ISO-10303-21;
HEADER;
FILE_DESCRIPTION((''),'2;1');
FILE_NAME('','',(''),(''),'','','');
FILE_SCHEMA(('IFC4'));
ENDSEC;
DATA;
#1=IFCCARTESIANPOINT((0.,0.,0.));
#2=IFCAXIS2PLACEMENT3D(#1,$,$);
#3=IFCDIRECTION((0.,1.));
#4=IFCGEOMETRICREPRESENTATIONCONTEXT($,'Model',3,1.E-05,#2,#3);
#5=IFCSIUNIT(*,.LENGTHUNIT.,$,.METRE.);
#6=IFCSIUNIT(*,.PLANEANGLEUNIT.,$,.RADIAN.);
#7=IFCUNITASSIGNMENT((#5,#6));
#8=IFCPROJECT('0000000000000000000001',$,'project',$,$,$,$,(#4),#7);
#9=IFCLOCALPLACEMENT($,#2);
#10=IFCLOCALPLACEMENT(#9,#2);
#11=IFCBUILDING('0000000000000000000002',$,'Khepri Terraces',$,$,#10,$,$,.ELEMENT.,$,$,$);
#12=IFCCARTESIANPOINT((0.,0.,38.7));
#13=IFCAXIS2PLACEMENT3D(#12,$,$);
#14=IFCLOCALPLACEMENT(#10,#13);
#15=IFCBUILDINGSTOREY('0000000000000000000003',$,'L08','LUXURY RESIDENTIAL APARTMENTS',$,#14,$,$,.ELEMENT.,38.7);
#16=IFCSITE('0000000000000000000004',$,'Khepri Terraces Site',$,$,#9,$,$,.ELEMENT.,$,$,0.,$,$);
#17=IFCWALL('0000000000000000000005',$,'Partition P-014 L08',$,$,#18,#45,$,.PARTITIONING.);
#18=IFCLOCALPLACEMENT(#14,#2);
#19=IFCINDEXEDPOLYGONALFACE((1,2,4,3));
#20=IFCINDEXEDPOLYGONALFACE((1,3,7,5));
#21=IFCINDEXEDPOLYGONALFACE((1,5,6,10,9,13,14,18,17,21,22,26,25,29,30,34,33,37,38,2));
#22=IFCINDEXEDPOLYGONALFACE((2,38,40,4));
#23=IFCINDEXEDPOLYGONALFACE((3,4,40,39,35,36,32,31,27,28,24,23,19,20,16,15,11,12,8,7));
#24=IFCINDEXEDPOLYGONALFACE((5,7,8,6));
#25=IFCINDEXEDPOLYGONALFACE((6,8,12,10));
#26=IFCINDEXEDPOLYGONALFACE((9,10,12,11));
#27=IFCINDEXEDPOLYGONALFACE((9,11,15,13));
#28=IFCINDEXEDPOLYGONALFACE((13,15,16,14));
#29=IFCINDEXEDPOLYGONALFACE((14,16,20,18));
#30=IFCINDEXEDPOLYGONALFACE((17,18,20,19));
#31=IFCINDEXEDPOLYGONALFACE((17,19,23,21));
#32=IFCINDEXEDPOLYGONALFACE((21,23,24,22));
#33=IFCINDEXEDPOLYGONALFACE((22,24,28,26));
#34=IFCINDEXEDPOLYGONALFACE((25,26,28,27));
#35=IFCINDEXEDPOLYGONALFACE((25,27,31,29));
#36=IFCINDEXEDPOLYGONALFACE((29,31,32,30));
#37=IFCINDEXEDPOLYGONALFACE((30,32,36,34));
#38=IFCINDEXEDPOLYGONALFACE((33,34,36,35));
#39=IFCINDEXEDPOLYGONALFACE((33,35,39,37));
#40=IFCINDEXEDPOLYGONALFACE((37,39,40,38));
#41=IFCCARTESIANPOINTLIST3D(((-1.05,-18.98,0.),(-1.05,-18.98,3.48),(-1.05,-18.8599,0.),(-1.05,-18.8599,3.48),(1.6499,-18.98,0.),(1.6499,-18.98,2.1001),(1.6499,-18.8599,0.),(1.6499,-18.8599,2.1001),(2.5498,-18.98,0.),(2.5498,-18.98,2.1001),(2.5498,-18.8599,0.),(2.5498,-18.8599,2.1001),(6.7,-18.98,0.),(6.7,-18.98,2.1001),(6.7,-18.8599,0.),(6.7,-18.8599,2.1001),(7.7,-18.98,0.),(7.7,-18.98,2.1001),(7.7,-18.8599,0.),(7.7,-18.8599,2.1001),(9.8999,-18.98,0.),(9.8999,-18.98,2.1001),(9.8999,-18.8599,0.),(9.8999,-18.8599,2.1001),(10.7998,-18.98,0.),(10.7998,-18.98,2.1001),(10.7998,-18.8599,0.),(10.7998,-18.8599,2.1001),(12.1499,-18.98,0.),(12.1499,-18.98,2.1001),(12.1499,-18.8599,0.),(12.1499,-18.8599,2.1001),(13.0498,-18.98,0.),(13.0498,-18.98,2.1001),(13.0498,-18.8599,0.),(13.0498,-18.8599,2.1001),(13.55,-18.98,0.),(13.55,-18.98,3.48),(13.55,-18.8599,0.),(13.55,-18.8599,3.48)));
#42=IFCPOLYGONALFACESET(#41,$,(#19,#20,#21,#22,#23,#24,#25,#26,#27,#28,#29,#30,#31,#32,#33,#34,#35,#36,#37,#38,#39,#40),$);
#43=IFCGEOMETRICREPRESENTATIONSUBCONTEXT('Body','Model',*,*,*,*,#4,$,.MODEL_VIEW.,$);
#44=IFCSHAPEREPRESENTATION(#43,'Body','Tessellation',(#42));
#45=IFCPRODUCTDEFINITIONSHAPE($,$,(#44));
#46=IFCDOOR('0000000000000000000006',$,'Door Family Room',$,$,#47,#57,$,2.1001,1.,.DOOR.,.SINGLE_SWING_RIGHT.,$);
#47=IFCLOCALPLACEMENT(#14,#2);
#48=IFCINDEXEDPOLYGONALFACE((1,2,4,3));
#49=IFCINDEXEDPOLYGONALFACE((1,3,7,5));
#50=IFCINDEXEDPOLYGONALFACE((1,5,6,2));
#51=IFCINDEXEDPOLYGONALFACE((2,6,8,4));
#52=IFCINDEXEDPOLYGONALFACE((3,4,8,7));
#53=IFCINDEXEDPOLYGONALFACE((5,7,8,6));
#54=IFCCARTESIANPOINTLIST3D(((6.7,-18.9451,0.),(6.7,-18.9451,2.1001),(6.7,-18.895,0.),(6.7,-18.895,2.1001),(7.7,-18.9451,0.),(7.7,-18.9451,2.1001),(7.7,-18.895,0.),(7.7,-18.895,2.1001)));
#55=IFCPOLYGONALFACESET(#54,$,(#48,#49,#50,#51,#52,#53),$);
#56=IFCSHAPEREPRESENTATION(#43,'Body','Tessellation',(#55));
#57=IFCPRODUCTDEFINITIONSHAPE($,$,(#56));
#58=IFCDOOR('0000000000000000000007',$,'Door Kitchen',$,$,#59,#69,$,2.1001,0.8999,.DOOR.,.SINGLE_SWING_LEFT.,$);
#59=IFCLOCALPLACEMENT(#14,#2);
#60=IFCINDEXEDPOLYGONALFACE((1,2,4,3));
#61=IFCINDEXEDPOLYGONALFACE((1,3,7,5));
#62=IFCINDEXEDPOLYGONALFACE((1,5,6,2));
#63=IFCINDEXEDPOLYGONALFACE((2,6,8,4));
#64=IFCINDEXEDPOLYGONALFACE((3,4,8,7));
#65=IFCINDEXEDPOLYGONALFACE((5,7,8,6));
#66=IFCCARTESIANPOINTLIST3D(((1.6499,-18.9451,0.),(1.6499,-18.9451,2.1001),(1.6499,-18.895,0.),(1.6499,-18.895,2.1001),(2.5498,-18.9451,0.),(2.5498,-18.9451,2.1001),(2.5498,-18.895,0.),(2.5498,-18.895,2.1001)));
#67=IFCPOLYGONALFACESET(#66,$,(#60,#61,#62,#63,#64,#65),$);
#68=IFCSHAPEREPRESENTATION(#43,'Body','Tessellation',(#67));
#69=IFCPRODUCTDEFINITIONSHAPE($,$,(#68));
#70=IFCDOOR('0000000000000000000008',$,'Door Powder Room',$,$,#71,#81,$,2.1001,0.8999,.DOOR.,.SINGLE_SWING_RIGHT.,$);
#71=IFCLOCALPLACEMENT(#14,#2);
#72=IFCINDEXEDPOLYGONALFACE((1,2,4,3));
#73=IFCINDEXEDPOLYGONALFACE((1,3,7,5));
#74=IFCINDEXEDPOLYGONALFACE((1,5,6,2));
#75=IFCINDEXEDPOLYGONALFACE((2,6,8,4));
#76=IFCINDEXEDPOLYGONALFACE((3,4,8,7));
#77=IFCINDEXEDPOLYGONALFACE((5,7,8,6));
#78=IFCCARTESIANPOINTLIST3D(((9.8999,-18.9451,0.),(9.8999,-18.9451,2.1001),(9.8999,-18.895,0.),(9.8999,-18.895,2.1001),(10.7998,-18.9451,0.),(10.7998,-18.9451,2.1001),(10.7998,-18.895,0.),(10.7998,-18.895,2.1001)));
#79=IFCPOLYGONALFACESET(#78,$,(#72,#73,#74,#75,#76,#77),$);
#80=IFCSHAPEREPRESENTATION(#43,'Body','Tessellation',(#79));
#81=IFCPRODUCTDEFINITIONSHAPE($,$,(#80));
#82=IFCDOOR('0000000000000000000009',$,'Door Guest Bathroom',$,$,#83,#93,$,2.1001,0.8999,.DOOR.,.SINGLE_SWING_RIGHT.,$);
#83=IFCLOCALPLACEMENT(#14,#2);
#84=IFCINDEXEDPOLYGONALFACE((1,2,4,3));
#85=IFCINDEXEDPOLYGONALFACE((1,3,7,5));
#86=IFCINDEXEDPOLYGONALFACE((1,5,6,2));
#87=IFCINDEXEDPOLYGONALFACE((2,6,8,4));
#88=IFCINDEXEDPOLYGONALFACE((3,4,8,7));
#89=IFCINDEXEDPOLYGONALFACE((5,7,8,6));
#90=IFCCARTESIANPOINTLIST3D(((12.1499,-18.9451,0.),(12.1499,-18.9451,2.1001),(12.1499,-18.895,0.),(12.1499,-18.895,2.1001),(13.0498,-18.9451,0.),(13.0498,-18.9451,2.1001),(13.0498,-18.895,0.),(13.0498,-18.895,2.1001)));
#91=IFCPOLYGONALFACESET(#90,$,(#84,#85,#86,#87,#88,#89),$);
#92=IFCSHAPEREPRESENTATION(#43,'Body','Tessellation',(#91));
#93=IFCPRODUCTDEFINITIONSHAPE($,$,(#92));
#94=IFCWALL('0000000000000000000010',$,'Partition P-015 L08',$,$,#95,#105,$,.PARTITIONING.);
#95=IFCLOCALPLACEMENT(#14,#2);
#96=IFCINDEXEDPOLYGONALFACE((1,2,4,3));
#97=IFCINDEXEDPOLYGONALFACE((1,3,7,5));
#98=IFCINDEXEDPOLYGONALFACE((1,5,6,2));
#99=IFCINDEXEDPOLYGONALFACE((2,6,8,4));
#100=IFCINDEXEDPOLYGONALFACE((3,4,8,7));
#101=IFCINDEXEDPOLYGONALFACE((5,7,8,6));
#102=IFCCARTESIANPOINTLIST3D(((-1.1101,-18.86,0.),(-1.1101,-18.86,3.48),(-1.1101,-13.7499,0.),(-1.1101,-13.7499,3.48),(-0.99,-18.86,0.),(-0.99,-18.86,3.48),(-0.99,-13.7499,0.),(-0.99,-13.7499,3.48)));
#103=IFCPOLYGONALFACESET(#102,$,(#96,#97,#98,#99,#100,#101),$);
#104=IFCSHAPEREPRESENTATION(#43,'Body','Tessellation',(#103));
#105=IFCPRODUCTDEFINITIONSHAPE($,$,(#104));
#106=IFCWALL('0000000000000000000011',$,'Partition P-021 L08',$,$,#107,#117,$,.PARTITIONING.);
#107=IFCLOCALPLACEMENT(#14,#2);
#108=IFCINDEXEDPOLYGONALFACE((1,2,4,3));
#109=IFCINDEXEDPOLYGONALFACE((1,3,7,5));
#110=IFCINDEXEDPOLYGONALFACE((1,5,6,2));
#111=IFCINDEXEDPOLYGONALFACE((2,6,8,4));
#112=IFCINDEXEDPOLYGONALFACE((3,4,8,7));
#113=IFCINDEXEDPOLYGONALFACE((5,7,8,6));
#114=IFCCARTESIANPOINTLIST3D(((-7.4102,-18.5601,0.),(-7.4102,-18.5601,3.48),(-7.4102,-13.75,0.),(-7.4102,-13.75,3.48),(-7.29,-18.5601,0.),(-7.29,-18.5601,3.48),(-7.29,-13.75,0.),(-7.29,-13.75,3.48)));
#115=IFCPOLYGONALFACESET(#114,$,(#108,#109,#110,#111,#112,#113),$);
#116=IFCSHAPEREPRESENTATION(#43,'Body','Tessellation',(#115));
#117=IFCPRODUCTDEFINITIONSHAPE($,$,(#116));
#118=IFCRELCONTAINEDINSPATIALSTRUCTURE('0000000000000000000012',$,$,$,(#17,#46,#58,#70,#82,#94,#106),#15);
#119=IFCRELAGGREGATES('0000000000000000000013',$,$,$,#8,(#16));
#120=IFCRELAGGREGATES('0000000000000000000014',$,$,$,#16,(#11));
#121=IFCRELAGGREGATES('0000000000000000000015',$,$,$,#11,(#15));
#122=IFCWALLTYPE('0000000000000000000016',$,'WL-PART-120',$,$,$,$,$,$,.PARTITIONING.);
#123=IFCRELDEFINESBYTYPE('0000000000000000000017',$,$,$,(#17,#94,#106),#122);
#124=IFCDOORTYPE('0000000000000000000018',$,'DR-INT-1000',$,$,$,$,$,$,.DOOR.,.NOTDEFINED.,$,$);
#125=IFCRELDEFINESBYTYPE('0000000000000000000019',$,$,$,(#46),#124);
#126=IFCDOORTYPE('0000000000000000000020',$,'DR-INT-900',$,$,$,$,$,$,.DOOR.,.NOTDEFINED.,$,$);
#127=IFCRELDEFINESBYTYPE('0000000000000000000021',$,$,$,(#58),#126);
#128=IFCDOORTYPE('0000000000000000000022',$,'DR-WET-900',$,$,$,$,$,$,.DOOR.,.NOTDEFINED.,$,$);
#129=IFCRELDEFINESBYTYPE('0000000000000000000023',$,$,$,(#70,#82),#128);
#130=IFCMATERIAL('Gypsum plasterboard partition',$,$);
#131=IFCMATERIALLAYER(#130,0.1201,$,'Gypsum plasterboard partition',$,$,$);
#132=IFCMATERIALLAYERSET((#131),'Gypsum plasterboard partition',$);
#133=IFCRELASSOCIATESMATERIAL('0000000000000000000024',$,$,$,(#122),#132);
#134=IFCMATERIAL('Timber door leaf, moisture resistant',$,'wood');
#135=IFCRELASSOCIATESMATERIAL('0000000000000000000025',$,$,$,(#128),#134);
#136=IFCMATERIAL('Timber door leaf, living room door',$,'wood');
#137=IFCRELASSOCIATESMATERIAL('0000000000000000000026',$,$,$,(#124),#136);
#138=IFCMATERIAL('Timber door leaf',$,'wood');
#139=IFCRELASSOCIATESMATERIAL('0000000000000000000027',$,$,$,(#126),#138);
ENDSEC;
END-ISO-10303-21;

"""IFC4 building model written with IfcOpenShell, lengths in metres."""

from ifc_helpers import new_model, si_unit, direction, frame, frame_2d, origin, place, context, subcontext, project, spatial, rectangle, extrude, material, layer, layer_set, type_object, element, fill, save


model = new_model("IFC4")

# Units and contexts
model_context = context("Model", 3, precision=1e-05, world=origin(), true_north=direction((0.0, 1.0)))
body_context = subcontext(model_context, "Body", "Model", "MODEL_VIEW")
ifc_project = project(units=[si_unit("LENGTHUNIT", "METRE"), si_unit("PLANEANGLEUNIT", "RADIAN")], contexts=[model_context])

# Site, building, storey
site_placement = place(None, origin())
site = spatial("IfcSite", under=ifc_project, at=site_placement, Name="Khepri Terraces Site", CompositionType="ELEMENT", RefElevation=0.0)
building_placement = place(site_placement, origin())
building = spatial("IfcBuilding", under=site, at=building_placement, Name="Khepri Terraces", CompositionType="ELEMENT")
storey_placement = place(building_placement, frame((0.0, 0.0, 38.7)))
storey = spatial("IfcBuildingStorey", under=building, at=storey_placement, Name="L08", Description="LUXURY RESIDENTIAL APARTMENTS", CompositionType="ELEMENT", Elevation=38.7)

# Shared definitions
ifc_material_1 = material(Name="Gypsum plasterboard partition")
ifc_layer_1 = layer(ifc_material_1, 0.1201, Name="Gypsum plasterboard partition")
ifc_layer_set_1 = layer_set([ifc_layer_1], Name="Gypsum plasterboard partition")
wall_type_1 = type_object("IfcWallType", Name="WL-PART-120", PredefinedType="PARTITIONING", material=ifc_layer_set_1)
ifc_material_2 = material(Name="Timber door leaf, moisture resistant", Category="wood")
door_type_1 = type_object("IfcDoorType", Name="DR-WET-900", OperationType="NOTDEFINED", PredefinedType="DOOR", material=ifc_material_2)

# Wall, openings, doors
wall_1_placement = place(storey_placement, frame((-1.05, -18.9199, 0.0), z_axis=(0.0, 0.0, 1.0), x_axis=(1.0, 0.0, 0.0)))
wall_1 = element("IfcWall", 1, at=wall_1_placement, inside=storey, type_object=wall_type_1, Name="Partition P-014 L08", PredefinedType="PARTITIONING", context=body_context, shape_type="SweptSolid", body=[
    extrude(rectangle(XDim=14.6001, YDim=0.1201, at=frame_2d((7.3, 0.0))), origin(), (0.0, 0.0, 1.0), 3.48),
])
opening_1_placement = place(wall_1_placement, frame((2.7, 0.0, 0.0)))
opening_1 = element("IfcOpeningElement", 2, at=opening_1_placement, cuts=wall_1, PredefinedType="OPENING", context=body_context, shape_type="SweptSolid", body=[
    extrude(rectangle(XDim=0.8999, YDim=2.1001, at=frame_2d((0.45, 1.05))), frame((0.0, 0.0701, 0.0), z_axis=(0.0, -1.0, 0.0), x_axis=(1.0, 0.0, 0.0)), (0.0, 0.0, 1.0), 0.1401),
])
opening_2_placement = place(wall_1_placement, frame((7.75, 0.0, 0.0)))
opening_2 = element("IfcOpeningElement", 3, at=opening_2_placement, cuts=wall_1, PredefinedType="OPENING", context=body_context, shape_type="SweptSolid", body=[
    extrude(rectangle(XDim=1.0, YDim=2.1001, at=frame_2d((0.5, 1.05))), frame((0.0, 0.0701, 0.0), z_axis=(0.0, -1.0, 0.0), x_axis=(1.0, 0.0, 0.0)), (0.0, 0.0, 1.0), 0.1401),
])
opening_3_placement = place(wall_1_placement, frame((10.95, 0.0, 0.0)))
opening_3 = element("IfcOpeningElement", 4, at=opening_3_placement, cuts=wall_1, PredefinedType="OPENING", context=body_context, shape_type="SweptSolid", body=[
    extrude(rectangle(XDim=0.8999, YDim=2.1001, at=frame_2d((0.45, 1.05))), frame((0.0, 0.0701, 0.0), z_axis=(0.0, -1.0, 0.0), x_axis=(1.0, 0.0, 0.0)), (0.0, 0.0, 1.0), 0.1401),
])
opening_4_placement = place(wall_1_placement, frame((13.2, 0.0, 0.0)))
opening_4 = element("IfcOpeningElement", 5, at=opening_4_placement, cuts=wall_1, PredefinedType="OPENING", context=body_context, shape_type="SweptSolid", body=[
    extrude(rectangle(XDim=0.8999, YDim=2.1001, at=frame_2d((0.45, 1.05))), frame((0.0, 0.0701, 0.0), z_axis=(0.0, -1.0, 0.0), x_axis=(1.0, 0.0, 0.0)), (0.0, 0.0, 1.0), 0.1401),
])
ifc_material_3 = material(Name="Timber door leaf, living room door", Category="wood")
door_type_2 = type_object("IfcDoorType", Name="DR-INT-1000", OperationType="NOTDEFINED", PredefinedType="DOOR", material=ifc_material_3)
door_1_placement = place(opening_2_placement, origin())
door_1 = element("IfcDoor", 6, at=door_1_placement, inside=storey, type_object=door_type_2, Name="Door Family Room", OperationType="SINGLE_SWING_RIGHT", OverallHeight=2.1001, OverallWidth=1.0, PredefinedType="DOOR", context=body_context, shape_type="SweptSolid", body=[
    extrude(rectangle(XDim=1.0, YDim=2.1001, at=frame_2d((0.5, 1.05))), frame((0.0, 0.0249, 0.0), z_axis=(0.0, -1.0, 0.0), x_axis=(1.0, 0.0, 0.0)), (0.0, 0.0, 1.0), 0.05),
])
fill(opening_2, door_1)
ifc_material_4 = material(Name="Timber door leaf", Category="wood")
door_type_3 = type_object("IfcDoorType", Name="DR-INT-900", OperationType="NOTDEFINED", PredefinedType="DOOR", material=ifc_material_4)
door_2_placement = place(opening_1_placement, origin())
door_2 = element("IfcDoor", 7, at=door_2_placement, inside=storey, type_object=door_type_3, Name="Door Kitchen", OperationType="SINGLE_SWING_LEFT", OverallHeight=2.1001, OverallWidth=0.8999, PredefinedType="DOOR", context=body_context, shape_type="SweptSolid", body=[
    extrude(rectangle(XDim=0.8999, YDim=2.1001, at=frame_2d((0.45, 1.05))), frame((0.0, 0.0249, 0.0), z_axis=(0.0, -1.0, 0.0), x_axis=(1.0, 0.0, 0.0)), (0.0, 0.0, 1.0), 0.05),
])
fill(opening_1, door_2)
door_3_placement = place(opening_3_placement, origin())
door_3 = element("IfcDoor", 8, at=door_3_placement, inside=storey, type_object=door_type_1, Name="Door Powder Room", OperationType="SINGLE_SWING_RIGHT", OverallHeight=2.1001, OverallWidth=0.8999, PredefinedType="DOOR", context=body_context, shape_type="SweptSolid", body=[
    extrude(rectangle(XDim=0.8999, YDim=2.1001, at=frame_2d((0.45, 1.05))), frame((0.0, 0.0249, 0.0), z_axis=(0.0, -1.0, 0.0), x_axis=(1.0, 0.0, 0.0)), (0.0, 0.0, 1.0), 0.05),
])
fill(opening_3, door_3)
door_4_placement = place(opening_4_placement, origin())
door_4 = element("IfcDoor", 9, at=door_4_placement, inside=storey, type_object=door_type_1, Name="Door Guest Bathroom", OperationType="SINGLE_SWING_RIGHT", OverallHeight=2.1001, OverallWidth=0.8999, PredefinedType="DOOR", context=body_context, shape_type="SweptSolid", body=[
    extrude(rectangle(XDim=0.8999, YDim=2.1001, at=frame_2d((0.45, 1.05))), frame((0.0, 0.0249, 0.0), z_axis=(0.0, -1.0, 0.0), x_axis=(1.0, 0.0, 0.0)), (0.0, 0.0, 1.0), 0.05),
])
fill(opening_4, door_4)

# Walls
wall_2_placement = place(storey_placement, frame((-1.05, -18.8601, 0.0), z_axis=(0.0, 0.0, 1.0), x_axis=(0.0, 1.0, 0.0)))
element("IfcWall", 10, at=wall_2_placement, inside=storey, type_object=wall_type_1, Name="Partition P-015 L08", PredefinedType="PARTITIONING", context=body_context, shape_type="SweptSolid", body=[
    extrude(rectangle(XDim=5.1101, YDim=0.1201, at=frame_2d((2.5552, 0.0))), origin(), (0.0, 0.0, 1.0), 3.48),
])
wall_3_placement = place(storey_placement, frame((-7.3501, -18.5601, 0.0), z_axis=(0.0, 0.0, 1.0), x_axis=(0.0, 1.0, 0.0)))
element("IfcWall", 11, at=wall_3_placement, inside=storey, type_object=wall_type_1, Name="Partition P-021 L08", PredefinedType="PARTITIONING", context=body_context, shape_type="SweptSolid", body=[
    extrude(rectangle(XDim=4.8101, YDim=0.1201, at=frame_2d((2.405, 0.0))), origin(), (0.0, 0.0, 1.0), 3.48),
])

save(model, "model.ifc")
